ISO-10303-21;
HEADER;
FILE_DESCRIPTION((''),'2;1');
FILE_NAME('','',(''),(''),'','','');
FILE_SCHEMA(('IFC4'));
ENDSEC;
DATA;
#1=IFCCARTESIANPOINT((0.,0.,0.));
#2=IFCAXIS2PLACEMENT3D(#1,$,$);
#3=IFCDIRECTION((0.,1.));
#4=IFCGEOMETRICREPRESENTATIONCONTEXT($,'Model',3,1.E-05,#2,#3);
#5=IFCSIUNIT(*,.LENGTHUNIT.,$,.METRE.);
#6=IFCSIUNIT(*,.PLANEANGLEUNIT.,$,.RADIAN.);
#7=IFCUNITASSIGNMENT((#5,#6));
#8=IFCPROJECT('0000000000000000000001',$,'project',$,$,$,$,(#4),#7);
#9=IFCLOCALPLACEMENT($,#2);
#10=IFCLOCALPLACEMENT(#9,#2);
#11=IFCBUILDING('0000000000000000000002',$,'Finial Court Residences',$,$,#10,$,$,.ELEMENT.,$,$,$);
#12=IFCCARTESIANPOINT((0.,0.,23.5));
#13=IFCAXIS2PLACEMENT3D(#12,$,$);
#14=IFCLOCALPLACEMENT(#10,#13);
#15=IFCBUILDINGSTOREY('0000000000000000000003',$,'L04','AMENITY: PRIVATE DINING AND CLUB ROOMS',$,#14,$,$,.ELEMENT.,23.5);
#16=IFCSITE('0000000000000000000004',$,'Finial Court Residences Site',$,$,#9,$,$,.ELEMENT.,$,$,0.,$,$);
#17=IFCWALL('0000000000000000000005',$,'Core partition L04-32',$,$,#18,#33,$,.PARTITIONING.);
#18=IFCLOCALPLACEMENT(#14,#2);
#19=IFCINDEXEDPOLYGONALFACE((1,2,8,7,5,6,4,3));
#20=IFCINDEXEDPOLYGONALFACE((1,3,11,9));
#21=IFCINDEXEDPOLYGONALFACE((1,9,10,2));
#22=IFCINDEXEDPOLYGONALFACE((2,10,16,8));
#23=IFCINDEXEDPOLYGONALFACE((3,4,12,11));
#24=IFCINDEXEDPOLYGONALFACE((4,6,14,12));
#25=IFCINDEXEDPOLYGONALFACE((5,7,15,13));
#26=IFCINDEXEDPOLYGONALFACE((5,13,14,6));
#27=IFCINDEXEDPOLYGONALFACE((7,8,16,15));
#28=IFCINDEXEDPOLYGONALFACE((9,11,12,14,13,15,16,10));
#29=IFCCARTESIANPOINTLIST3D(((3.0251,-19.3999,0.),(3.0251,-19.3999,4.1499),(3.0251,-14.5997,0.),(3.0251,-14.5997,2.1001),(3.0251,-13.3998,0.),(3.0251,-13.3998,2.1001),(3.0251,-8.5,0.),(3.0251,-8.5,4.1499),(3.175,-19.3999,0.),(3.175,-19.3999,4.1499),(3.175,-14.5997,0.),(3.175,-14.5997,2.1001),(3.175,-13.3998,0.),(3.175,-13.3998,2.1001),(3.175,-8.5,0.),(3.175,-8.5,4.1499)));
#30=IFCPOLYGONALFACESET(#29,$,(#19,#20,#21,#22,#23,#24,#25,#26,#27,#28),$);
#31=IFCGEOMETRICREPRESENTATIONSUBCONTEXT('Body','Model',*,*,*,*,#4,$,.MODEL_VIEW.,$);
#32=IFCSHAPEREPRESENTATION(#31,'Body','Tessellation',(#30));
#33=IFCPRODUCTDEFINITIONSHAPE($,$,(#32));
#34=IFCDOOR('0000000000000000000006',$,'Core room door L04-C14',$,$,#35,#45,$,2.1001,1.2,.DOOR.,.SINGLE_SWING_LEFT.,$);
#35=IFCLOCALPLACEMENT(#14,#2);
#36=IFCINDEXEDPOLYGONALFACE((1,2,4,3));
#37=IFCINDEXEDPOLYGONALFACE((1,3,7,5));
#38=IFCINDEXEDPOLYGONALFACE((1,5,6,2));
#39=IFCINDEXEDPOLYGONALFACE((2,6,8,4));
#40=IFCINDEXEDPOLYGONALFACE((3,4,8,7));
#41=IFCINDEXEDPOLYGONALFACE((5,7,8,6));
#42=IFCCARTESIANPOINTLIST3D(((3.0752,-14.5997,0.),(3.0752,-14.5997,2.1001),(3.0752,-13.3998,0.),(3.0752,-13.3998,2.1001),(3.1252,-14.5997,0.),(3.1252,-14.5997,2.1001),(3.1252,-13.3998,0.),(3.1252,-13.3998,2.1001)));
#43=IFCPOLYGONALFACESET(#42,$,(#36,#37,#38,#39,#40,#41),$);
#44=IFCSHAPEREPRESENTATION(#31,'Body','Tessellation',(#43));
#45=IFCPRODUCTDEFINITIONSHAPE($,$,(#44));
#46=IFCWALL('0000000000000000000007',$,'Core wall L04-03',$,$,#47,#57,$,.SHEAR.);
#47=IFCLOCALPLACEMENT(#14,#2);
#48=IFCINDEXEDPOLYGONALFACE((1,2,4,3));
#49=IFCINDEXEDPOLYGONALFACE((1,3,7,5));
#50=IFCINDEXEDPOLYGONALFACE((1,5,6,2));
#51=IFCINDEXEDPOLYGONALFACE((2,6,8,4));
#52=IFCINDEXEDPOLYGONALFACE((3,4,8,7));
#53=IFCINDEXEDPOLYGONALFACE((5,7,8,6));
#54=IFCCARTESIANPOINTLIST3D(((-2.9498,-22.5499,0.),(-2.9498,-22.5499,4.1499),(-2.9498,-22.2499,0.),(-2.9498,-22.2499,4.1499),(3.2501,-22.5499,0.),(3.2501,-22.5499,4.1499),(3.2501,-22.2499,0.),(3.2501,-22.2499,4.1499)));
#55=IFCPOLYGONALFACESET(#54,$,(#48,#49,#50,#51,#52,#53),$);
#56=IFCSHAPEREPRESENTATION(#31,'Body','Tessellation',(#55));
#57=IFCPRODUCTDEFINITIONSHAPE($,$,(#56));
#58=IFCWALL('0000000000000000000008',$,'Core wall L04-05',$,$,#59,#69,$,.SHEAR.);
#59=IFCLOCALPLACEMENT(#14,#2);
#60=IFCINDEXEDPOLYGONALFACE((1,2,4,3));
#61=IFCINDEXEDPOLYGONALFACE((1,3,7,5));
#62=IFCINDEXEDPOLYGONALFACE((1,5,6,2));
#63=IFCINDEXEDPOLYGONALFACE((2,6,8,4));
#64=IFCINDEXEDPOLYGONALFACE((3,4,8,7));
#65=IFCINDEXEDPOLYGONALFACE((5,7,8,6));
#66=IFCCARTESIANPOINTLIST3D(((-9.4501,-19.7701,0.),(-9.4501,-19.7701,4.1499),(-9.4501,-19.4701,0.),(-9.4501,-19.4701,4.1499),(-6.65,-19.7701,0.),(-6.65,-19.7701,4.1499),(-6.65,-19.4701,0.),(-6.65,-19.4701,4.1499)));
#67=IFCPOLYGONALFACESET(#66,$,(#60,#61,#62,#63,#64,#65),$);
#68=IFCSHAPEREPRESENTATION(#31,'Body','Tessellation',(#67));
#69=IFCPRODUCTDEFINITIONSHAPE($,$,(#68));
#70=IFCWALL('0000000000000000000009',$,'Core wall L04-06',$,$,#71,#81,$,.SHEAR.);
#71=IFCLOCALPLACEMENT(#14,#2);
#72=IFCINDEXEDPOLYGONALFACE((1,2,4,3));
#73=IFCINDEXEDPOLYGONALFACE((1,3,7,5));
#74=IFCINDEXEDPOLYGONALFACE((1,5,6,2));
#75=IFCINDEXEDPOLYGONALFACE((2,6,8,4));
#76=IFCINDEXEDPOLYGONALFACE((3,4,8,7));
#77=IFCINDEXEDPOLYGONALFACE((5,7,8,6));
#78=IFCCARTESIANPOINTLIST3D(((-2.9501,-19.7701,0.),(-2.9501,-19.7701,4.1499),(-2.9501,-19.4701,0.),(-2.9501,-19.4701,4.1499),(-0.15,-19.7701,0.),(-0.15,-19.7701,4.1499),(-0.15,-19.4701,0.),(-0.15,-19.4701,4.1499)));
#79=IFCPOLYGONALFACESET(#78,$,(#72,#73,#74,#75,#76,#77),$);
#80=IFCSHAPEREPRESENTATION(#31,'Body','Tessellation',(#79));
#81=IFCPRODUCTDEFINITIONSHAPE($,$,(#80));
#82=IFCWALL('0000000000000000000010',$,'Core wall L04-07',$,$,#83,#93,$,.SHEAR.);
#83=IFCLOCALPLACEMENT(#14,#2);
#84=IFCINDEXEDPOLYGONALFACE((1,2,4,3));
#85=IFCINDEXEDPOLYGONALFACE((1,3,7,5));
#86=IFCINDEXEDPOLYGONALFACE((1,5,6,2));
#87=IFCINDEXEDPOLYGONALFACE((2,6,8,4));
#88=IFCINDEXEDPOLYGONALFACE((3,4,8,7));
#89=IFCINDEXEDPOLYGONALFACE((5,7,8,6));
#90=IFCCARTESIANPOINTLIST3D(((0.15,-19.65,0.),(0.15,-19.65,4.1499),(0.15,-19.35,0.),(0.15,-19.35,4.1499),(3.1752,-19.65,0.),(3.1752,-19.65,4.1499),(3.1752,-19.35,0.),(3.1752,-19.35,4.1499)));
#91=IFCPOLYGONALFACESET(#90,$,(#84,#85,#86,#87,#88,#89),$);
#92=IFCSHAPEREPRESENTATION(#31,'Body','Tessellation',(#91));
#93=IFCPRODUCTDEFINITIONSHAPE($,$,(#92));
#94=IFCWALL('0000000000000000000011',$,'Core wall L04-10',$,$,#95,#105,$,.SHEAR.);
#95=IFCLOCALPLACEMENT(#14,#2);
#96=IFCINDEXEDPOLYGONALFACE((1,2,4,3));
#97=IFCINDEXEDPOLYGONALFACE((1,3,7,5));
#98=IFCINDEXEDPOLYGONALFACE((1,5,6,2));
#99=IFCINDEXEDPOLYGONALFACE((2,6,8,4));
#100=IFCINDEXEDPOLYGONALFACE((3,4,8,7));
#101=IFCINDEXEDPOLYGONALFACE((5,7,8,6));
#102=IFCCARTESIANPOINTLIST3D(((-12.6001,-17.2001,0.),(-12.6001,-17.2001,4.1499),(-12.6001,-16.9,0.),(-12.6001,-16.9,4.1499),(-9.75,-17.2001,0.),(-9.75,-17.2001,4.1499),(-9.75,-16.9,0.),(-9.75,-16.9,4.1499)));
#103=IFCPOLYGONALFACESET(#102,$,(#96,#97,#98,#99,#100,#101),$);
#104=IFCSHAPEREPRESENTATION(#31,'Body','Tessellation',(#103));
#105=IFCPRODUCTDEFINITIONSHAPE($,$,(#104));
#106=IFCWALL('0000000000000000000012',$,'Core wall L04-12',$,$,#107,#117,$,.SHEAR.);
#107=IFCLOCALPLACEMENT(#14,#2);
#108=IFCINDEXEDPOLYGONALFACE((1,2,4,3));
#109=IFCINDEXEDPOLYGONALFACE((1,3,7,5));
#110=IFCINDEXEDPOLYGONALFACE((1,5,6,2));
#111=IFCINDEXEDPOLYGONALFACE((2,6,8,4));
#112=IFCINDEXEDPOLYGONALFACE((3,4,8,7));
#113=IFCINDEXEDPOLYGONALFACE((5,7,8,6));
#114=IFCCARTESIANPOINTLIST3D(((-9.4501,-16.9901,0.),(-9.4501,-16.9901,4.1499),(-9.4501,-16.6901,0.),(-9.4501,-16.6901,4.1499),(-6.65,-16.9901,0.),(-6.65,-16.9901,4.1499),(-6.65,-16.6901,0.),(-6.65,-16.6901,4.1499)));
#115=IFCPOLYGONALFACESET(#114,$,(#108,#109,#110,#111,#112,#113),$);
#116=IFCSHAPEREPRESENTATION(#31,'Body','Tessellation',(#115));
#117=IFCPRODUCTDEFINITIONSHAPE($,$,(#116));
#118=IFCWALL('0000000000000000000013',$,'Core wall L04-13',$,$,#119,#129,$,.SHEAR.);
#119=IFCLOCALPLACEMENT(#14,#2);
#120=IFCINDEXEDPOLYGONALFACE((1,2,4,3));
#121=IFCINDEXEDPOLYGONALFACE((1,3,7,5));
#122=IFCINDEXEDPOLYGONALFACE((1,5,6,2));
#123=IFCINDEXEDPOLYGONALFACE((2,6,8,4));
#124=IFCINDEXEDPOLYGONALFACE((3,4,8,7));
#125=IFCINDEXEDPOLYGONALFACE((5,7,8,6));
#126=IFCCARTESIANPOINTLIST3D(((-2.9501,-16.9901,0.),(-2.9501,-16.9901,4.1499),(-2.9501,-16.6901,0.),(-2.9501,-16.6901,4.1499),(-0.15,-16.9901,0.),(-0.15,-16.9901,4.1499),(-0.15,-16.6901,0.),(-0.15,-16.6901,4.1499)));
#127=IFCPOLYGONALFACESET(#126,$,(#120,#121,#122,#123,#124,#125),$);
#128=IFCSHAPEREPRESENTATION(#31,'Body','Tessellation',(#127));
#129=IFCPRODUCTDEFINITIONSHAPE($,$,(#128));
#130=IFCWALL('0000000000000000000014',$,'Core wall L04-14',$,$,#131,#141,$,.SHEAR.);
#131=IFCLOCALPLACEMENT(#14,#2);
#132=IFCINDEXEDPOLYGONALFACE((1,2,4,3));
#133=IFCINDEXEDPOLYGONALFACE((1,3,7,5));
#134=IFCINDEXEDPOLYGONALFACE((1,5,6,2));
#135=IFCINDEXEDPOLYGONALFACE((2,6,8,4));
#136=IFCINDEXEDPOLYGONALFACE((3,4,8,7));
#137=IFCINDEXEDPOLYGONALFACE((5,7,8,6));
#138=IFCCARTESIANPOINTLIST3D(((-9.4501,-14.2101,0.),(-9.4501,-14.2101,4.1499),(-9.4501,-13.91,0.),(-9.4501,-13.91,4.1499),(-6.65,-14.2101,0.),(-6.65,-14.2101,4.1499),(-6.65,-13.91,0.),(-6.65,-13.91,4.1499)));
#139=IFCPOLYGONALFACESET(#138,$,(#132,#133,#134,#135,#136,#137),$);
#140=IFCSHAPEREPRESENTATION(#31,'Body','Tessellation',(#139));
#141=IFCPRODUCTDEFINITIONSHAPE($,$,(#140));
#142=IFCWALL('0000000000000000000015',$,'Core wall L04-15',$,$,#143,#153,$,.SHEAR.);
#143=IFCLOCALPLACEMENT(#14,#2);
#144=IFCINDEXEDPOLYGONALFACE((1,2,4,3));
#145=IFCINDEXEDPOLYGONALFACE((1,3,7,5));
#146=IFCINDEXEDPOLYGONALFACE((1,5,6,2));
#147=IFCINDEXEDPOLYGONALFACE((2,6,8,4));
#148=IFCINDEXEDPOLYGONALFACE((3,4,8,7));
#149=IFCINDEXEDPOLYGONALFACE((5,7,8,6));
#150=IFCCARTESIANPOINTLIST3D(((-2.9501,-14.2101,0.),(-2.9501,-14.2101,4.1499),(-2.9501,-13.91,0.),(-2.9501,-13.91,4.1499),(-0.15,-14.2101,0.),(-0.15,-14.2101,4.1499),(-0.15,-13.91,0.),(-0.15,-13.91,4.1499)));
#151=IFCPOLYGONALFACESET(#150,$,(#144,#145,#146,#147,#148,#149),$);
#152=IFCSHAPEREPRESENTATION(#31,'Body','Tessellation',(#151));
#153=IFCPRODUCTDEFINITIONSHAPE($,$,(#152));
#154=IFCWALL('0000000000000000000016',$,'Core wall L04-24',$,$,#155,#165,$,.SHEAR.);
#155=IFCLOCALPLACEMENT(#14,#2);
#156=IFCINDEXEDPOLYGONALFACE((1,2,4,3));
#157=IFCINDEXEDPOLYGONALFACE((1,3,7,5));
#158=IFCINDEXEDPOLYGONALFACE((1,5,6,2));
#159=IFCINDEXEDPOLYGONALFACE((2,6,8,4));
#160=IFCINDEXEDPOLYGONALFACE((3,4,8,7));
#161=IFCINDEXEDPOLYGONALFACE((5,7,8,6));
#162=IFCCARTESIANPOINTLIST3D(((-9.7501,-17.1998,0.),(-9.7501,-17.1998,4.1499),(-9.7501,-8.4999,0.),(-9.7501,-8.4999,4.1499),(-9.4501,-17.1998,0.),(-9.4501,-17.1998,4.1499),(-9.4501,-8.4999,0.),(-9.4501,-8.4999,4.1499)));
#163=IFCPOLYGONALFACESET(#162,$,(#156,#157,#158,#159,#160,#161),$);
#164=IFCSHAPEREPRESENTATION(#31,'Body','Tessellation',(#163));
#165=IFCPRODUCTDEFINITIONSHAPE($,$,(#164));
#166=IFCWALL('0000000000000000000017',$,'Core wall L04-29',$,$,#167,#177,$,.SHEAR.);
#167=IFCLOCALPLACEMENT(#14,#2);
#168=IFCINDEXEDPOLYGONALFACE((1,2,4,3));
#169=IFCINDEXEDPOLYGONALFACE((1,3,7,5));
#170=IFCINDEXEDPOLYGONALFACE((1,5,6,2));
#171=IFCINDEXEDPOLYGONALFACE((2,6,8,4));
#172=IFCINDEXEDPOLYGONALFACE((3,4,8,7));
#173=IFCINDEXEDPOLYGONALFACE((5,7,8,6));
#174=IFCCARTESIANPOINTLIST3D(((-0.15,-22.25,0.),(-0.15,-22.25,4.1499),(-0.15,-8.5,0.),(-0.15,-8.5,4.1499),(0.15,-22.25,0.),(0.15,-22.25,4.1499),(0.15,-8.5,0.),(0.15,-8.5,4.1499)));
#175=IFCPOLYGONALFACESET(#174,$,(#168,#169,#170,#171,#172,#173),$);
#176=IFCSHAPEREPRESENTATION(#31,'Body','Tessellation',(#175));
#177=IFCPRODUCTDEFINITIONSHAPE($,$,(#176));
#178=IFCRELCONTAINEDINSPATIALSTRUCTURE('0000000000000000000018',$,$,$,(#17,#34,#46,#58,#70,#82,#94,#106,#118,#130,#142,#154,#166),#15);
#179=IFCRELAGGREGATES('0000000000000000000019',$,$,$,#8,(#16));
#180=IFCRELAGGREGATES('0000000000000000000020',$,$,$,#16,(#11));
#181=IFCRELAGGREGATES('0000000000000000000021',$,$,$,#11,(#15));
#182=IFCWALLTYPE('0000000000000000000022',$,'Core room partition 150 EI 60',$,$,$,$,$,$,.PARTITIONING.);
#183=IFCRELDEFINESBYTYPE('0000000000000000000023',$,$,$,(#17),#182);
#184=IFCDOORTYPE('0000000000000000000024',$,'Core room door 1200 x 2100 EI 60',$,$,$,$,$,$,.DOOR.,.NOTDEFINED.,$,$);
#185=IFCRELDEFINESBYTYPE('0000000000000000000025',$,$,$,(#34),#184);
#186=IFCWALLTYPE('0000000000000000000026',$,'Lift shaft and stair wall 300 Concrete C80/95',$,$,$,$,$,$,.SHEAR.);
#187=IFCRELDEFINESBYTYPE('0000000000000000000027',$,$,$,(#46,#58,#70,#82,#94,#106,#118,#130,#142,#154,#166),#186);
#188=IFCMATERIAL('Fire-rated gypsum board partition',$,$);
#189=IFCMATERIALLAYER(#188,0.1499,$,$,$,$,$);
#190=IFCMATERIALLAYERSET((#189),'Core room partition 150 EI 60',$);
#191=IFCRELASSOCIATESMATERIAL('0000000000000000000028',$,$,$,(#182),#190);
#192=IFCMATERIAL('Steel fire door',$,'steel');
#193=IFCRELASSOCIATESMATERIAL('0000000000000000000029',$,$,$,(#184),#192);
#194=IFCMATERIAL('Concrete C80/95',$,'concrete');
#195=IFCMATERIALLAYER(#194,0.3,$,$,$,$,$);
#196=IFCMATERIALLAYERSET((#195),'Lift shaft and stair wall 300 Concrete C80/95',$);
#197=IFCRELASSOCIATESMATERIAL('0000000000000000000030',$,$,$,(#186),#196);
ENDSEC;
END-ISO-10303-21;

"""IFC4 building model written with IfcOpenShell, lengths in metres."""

from ifc_helpers import new_model, si_unit, direction, frame, frame_2d, origin, place, context, subcontext, project, spatial, rectangle, extrude, material, layer, layer_set, type_object, element, fill, save


model = new_model("IFC4")

# Units and contexts
model_context = context("Model", 3, precision=1e-05, world=origin(), true_north=direction((0.0, 1.0)))
body_context = subcontext(model_context, "Body", "Model", "MODEL_VIEW")
ifc_project = project(units=[si_unit("LENGTHUNIT", "METRE"), si_unit("PLANEANGLEUNIT", "RADIAN")], contexts=[model_context])

# Site, building, storey
site_placement = place(None, origin())
site = spatial("IfcSite", under=ifc_project, at=site_placement, Name="Finial Court Residences Site", CompositionType="ELEMENT", RefElevation=0.0)
building_placement = place(site_placement, origin())
building = spatial("IfcBuilding", under=site, at=building_placement, Name="Finial Court Residences", CompositionType="ELEMENT")
storey_placement = place(building_placement, frame((0.0, 0.0, 23.5)))
storey = spatial("IfcBuildingStorey", under=building, at=storey_placement, Name="L04", Description="AMENITY: PRIVATE DINING AND CLUB ROOMS", CompositionType="ELEMENT", Elevation=23.5)

# Wall, opening, door
ifc_material_1 = material(Name="Fire-rated gypsum board partition")
ifc_layer_1 = layer(ifc_material_1, 0.1499)
ifc_layer_set_1 = layer_set([ifc_layer_1], Name="Core room partition 150 EI 60")
wall_type_1 = type_object("IfcWallType", Name="Core room partition 150 EI 60", PredefinedType="PARTITIONING", material=ifc_layer_set_1)
wall_1_placement = place(storey_placement, frame((3.1001, -19.3999, 0.0), z_axis=(0.0, 0.0, 1.0), x_axis=(0.0, 1.0, 0.0)))
wall_1 = element("IfcWall", 1, at=wall_1_placement, inside=storey, type_object=wall_type_1, Name="Core partition L04-32", PredefinedType="PARTITIONING", context=body_context, shape_type="SweptSolid", body=[
    extrude(rectangle(XDim=10.8999, YDim=0.1499, at=frame_2d((5.45, 0.0))), origin(), (0.0, 0.0, 1.0), 4.1499),
])
opening_1_placement = place(wall_1_placement, frame((4.8, 0.0, 0.0)))
opening_1 = element("IfcOpeningElement", 2, at=opening_1_placement, cuts=wall_1, PredefinedType="OPENING", context=body_context, shape_type="SweptSolid", body=[
    extrude(rectangle(XDim=1.2, YDim=2.1001, at=frame_2d((0.6001, 1.05))), frame((0.0, 0.085, 0.0), z_axis=(0.0, -1.0, 0.0), x_axis=(1.0, 0.0, 0.0)), (0.0, 0.0, 1.0), 0.1699),
])
ifc_material_2 = material(Name="Steel fire door", Category="steel")
door_type_1 = type_object("IfcDoorType", Name="Core room door 1200 x 2100 EI 60", OperationType="NOTDEFINED", PredefinedType="DOOR", material=ifc_material_2)
door_1_placement = place(opening_1_placement, origin())
door_1 = element("IfcDoor", 3, at=door_1_placement, inside=storey, type_object=door_type_1, Name="Core room door L04-C14", OperationType="SINGLE_SWING_LEFT", OverallHeight=2.1001, OverallWidth=1.2, PredefinedType="DOOR", context=body_context, shape_type="SweptSolid", body=[
    extrude(rectangle(XDim=1.2, YDim=2.1001, at=frame_2d((0.6001, 1.05))), frame((0.0, 0.0249, 0.0), z_axis=(0.0, -1.0, 0.0), x_axis=(1.0, 0.0, 0.0)), (0.0, 0.0, 1.0), 0.05),
])
fill(opening_1, door_1)

# Walls
ifc_material_3 = material(Name="Concrete C80/95", Category="concrete")
ifc_layer_2 = layer(ifc_material_3, 0.3)
ifc_layer_set_2 = layer_set([ifc_layer_2], Name="Lift shaft and stair wall 300 Concrete C80/95")
wall_type_2 = type_object("IfcWallType", Name="Lift shaft and stair wall 300 Concrete C80/95", PredefinedType="SHEAR", material=ifc_layer_set_2)
wall_2_placement = place(storey_placement, frame((-2.95, -22.3999, 0.0), z_axis=(0.0, 0.0, 1.0), x_axis=(1.0, 0.0, 0.0)))
element("IfcWall", 4, at=wall_2_placement, inside=storey, type_object=wall_type_2, Name="Core wall L04-03", PredefinedType="SHEAR", context=body_context, shape_type="SweptSolid", body=[
    extrude(rectangle(XDim=6.2, YDim=0.3, at=frame_2d((3.1001, 0.0))), origin(), (0.0, 0.0, 1.0), 4.1499),
])
for number, where, z_axis, x_axis, name in (
    (5, (-9.45, -19.6201, 0.0), (0.0, 0.0, 1.0), (1.0, 0.0, 0.0), "Core wall L04-05"),
    (6, (-2.95, -19.6201, 0.0), (0.0, 0.0, 1.0), (1.0, 0.0, 0.0), "Core wall L04-06"),
):
    element("IfcWall", number, at=place(storey_placement, frame(where, z_axis=z_axis, x_axis=x_axis)), inside=storey, type_object=wall_type_2, Name=name, PredefinedType="SHEAR", context=body_context, shape_type="SweptSolid", body=[
        extrude(rectangle(XDim=2.8, YDim=0.3, at=frame_2d((1.3999, 0.0))), origin(), (0.0, 0.0, 1.0), 4.1499),
    ])
wall_3_placement = place(storey_placement, frame((0.1499, -19.5, 0.0), z_axis=(0.0, 0.0, 1.0), x_axis=(1.0, 0.0, 0.0)))
element("IfcWall", 7, at=wall_3_placement, inside=storey, type_object=wall_type_2, Name="Core wall L04-07", PredefinedType="SHEAR", context=body_context, shape_type="SweptSolid", body=[
    extrude(rectangle(XDim=3.0251, YDim=0.3, at=frame_2d((1.5127, 0.0))), origin(), (0.0, 0.0, 1.0), 4.1499),
])
wall_4_placement = place(storey_placement, frame((-12.6001, -17.05, 0.0), z_axis=(0.0, 0.0, 1.0), x_axis=(1.0, 0.0, 0.0)))
element("IfcWall", 8, at=wall_4_placement, inside=storey, type_object=wall_type_2, Name="Core wall L04-10", PredefinedType="SHEAR", context=body_context, shape_type="SweptSolid", body=[
    extrude(rectangle(XDim=2.8501, YDim=0.3, at=frame_2d((1.425, 0.0))), origin(), (0.0, 0.0, 1.0), 4.1499),
])
for number, where, z_axis, x_axis, name in (
    (9, (-9.45, -16.8401, 0.0), (0.0, 0.0, 1.0), (1.0, 0.0, 0.0), "Core wall L04-12"),
    (10, (-2.95, -16.8401, 0.0), (0.0, 0.0, 1.0), (1.0, 0.0, 0.0), "Core wall L04-13"),
    (11, (-9.45, -14.0601, 0.0), (0.0, 0.0, 1.0), (1.0, 0.0, 0.0), "Core wall L04-14"),
    (12, (-2.95, -14.0601, 0.0), (0.0, 0.0, 1.0), (1.0, 0.0, 0.0), "Core wall L04-15"),
):
    element("IfcWall", number, at=place(storey_placement, frame(where, z_axis=z_axis, x_axis=x_axis)), inside=storey, type_object=wall_type_2, Name=name, PredefinedType="SHEAR", context=body_context, shape_type="SweptSolid", body=[
        extrude(rectangle(XDim=2.8, YDim=0.3, at=frame_2d((1.3999, 0.0))), origin(), (0.0, 0.0, 1.0), 4.1499),
    ])
wall_5_placement = place(storey_placement, frame((-9.6001, -17.2, 0.0), z_axis=(0.0, 0.0, 1.0), x_axis=(0.0, 1.0, 0.0)))
element("IfcWall", 13, at=wall_5_placement, inside=storey, type_object=wall_type_2, Name="Core wall L04-24", PredefinedType="SHEAR", context=body_context, shape_type="SweptSolid", body=[
    extrude(rectangle(XDim=8.7, YDim=0.3, at=frame_2d((4.3501, 0.0))), origin(), (0.0, 0.0, 1.0), 4.1499),
])
wall_6_placement = place(storey_placement, frame((0.0, -22.25, 0.0), z_axis=(0.0, 0.0, 1.0), x_axis=(0.0, 1.0, 0.0)))
element("IfcWall", 14, at=wall_6_placement, inside=storey, type_object=wall_type_2, Name="Core wall L04-29", PredefinedType="SHEAR", context=body_context, shape_type="SweptSolid", body=[
    extrude(rectangle(XDim=13.75, YDim=0.3, at=frame_2d((6.875, 0.0))), origin(), (0.0, 0.0, 1.0), 4.1499),
])

save(model, "model.ifc")
